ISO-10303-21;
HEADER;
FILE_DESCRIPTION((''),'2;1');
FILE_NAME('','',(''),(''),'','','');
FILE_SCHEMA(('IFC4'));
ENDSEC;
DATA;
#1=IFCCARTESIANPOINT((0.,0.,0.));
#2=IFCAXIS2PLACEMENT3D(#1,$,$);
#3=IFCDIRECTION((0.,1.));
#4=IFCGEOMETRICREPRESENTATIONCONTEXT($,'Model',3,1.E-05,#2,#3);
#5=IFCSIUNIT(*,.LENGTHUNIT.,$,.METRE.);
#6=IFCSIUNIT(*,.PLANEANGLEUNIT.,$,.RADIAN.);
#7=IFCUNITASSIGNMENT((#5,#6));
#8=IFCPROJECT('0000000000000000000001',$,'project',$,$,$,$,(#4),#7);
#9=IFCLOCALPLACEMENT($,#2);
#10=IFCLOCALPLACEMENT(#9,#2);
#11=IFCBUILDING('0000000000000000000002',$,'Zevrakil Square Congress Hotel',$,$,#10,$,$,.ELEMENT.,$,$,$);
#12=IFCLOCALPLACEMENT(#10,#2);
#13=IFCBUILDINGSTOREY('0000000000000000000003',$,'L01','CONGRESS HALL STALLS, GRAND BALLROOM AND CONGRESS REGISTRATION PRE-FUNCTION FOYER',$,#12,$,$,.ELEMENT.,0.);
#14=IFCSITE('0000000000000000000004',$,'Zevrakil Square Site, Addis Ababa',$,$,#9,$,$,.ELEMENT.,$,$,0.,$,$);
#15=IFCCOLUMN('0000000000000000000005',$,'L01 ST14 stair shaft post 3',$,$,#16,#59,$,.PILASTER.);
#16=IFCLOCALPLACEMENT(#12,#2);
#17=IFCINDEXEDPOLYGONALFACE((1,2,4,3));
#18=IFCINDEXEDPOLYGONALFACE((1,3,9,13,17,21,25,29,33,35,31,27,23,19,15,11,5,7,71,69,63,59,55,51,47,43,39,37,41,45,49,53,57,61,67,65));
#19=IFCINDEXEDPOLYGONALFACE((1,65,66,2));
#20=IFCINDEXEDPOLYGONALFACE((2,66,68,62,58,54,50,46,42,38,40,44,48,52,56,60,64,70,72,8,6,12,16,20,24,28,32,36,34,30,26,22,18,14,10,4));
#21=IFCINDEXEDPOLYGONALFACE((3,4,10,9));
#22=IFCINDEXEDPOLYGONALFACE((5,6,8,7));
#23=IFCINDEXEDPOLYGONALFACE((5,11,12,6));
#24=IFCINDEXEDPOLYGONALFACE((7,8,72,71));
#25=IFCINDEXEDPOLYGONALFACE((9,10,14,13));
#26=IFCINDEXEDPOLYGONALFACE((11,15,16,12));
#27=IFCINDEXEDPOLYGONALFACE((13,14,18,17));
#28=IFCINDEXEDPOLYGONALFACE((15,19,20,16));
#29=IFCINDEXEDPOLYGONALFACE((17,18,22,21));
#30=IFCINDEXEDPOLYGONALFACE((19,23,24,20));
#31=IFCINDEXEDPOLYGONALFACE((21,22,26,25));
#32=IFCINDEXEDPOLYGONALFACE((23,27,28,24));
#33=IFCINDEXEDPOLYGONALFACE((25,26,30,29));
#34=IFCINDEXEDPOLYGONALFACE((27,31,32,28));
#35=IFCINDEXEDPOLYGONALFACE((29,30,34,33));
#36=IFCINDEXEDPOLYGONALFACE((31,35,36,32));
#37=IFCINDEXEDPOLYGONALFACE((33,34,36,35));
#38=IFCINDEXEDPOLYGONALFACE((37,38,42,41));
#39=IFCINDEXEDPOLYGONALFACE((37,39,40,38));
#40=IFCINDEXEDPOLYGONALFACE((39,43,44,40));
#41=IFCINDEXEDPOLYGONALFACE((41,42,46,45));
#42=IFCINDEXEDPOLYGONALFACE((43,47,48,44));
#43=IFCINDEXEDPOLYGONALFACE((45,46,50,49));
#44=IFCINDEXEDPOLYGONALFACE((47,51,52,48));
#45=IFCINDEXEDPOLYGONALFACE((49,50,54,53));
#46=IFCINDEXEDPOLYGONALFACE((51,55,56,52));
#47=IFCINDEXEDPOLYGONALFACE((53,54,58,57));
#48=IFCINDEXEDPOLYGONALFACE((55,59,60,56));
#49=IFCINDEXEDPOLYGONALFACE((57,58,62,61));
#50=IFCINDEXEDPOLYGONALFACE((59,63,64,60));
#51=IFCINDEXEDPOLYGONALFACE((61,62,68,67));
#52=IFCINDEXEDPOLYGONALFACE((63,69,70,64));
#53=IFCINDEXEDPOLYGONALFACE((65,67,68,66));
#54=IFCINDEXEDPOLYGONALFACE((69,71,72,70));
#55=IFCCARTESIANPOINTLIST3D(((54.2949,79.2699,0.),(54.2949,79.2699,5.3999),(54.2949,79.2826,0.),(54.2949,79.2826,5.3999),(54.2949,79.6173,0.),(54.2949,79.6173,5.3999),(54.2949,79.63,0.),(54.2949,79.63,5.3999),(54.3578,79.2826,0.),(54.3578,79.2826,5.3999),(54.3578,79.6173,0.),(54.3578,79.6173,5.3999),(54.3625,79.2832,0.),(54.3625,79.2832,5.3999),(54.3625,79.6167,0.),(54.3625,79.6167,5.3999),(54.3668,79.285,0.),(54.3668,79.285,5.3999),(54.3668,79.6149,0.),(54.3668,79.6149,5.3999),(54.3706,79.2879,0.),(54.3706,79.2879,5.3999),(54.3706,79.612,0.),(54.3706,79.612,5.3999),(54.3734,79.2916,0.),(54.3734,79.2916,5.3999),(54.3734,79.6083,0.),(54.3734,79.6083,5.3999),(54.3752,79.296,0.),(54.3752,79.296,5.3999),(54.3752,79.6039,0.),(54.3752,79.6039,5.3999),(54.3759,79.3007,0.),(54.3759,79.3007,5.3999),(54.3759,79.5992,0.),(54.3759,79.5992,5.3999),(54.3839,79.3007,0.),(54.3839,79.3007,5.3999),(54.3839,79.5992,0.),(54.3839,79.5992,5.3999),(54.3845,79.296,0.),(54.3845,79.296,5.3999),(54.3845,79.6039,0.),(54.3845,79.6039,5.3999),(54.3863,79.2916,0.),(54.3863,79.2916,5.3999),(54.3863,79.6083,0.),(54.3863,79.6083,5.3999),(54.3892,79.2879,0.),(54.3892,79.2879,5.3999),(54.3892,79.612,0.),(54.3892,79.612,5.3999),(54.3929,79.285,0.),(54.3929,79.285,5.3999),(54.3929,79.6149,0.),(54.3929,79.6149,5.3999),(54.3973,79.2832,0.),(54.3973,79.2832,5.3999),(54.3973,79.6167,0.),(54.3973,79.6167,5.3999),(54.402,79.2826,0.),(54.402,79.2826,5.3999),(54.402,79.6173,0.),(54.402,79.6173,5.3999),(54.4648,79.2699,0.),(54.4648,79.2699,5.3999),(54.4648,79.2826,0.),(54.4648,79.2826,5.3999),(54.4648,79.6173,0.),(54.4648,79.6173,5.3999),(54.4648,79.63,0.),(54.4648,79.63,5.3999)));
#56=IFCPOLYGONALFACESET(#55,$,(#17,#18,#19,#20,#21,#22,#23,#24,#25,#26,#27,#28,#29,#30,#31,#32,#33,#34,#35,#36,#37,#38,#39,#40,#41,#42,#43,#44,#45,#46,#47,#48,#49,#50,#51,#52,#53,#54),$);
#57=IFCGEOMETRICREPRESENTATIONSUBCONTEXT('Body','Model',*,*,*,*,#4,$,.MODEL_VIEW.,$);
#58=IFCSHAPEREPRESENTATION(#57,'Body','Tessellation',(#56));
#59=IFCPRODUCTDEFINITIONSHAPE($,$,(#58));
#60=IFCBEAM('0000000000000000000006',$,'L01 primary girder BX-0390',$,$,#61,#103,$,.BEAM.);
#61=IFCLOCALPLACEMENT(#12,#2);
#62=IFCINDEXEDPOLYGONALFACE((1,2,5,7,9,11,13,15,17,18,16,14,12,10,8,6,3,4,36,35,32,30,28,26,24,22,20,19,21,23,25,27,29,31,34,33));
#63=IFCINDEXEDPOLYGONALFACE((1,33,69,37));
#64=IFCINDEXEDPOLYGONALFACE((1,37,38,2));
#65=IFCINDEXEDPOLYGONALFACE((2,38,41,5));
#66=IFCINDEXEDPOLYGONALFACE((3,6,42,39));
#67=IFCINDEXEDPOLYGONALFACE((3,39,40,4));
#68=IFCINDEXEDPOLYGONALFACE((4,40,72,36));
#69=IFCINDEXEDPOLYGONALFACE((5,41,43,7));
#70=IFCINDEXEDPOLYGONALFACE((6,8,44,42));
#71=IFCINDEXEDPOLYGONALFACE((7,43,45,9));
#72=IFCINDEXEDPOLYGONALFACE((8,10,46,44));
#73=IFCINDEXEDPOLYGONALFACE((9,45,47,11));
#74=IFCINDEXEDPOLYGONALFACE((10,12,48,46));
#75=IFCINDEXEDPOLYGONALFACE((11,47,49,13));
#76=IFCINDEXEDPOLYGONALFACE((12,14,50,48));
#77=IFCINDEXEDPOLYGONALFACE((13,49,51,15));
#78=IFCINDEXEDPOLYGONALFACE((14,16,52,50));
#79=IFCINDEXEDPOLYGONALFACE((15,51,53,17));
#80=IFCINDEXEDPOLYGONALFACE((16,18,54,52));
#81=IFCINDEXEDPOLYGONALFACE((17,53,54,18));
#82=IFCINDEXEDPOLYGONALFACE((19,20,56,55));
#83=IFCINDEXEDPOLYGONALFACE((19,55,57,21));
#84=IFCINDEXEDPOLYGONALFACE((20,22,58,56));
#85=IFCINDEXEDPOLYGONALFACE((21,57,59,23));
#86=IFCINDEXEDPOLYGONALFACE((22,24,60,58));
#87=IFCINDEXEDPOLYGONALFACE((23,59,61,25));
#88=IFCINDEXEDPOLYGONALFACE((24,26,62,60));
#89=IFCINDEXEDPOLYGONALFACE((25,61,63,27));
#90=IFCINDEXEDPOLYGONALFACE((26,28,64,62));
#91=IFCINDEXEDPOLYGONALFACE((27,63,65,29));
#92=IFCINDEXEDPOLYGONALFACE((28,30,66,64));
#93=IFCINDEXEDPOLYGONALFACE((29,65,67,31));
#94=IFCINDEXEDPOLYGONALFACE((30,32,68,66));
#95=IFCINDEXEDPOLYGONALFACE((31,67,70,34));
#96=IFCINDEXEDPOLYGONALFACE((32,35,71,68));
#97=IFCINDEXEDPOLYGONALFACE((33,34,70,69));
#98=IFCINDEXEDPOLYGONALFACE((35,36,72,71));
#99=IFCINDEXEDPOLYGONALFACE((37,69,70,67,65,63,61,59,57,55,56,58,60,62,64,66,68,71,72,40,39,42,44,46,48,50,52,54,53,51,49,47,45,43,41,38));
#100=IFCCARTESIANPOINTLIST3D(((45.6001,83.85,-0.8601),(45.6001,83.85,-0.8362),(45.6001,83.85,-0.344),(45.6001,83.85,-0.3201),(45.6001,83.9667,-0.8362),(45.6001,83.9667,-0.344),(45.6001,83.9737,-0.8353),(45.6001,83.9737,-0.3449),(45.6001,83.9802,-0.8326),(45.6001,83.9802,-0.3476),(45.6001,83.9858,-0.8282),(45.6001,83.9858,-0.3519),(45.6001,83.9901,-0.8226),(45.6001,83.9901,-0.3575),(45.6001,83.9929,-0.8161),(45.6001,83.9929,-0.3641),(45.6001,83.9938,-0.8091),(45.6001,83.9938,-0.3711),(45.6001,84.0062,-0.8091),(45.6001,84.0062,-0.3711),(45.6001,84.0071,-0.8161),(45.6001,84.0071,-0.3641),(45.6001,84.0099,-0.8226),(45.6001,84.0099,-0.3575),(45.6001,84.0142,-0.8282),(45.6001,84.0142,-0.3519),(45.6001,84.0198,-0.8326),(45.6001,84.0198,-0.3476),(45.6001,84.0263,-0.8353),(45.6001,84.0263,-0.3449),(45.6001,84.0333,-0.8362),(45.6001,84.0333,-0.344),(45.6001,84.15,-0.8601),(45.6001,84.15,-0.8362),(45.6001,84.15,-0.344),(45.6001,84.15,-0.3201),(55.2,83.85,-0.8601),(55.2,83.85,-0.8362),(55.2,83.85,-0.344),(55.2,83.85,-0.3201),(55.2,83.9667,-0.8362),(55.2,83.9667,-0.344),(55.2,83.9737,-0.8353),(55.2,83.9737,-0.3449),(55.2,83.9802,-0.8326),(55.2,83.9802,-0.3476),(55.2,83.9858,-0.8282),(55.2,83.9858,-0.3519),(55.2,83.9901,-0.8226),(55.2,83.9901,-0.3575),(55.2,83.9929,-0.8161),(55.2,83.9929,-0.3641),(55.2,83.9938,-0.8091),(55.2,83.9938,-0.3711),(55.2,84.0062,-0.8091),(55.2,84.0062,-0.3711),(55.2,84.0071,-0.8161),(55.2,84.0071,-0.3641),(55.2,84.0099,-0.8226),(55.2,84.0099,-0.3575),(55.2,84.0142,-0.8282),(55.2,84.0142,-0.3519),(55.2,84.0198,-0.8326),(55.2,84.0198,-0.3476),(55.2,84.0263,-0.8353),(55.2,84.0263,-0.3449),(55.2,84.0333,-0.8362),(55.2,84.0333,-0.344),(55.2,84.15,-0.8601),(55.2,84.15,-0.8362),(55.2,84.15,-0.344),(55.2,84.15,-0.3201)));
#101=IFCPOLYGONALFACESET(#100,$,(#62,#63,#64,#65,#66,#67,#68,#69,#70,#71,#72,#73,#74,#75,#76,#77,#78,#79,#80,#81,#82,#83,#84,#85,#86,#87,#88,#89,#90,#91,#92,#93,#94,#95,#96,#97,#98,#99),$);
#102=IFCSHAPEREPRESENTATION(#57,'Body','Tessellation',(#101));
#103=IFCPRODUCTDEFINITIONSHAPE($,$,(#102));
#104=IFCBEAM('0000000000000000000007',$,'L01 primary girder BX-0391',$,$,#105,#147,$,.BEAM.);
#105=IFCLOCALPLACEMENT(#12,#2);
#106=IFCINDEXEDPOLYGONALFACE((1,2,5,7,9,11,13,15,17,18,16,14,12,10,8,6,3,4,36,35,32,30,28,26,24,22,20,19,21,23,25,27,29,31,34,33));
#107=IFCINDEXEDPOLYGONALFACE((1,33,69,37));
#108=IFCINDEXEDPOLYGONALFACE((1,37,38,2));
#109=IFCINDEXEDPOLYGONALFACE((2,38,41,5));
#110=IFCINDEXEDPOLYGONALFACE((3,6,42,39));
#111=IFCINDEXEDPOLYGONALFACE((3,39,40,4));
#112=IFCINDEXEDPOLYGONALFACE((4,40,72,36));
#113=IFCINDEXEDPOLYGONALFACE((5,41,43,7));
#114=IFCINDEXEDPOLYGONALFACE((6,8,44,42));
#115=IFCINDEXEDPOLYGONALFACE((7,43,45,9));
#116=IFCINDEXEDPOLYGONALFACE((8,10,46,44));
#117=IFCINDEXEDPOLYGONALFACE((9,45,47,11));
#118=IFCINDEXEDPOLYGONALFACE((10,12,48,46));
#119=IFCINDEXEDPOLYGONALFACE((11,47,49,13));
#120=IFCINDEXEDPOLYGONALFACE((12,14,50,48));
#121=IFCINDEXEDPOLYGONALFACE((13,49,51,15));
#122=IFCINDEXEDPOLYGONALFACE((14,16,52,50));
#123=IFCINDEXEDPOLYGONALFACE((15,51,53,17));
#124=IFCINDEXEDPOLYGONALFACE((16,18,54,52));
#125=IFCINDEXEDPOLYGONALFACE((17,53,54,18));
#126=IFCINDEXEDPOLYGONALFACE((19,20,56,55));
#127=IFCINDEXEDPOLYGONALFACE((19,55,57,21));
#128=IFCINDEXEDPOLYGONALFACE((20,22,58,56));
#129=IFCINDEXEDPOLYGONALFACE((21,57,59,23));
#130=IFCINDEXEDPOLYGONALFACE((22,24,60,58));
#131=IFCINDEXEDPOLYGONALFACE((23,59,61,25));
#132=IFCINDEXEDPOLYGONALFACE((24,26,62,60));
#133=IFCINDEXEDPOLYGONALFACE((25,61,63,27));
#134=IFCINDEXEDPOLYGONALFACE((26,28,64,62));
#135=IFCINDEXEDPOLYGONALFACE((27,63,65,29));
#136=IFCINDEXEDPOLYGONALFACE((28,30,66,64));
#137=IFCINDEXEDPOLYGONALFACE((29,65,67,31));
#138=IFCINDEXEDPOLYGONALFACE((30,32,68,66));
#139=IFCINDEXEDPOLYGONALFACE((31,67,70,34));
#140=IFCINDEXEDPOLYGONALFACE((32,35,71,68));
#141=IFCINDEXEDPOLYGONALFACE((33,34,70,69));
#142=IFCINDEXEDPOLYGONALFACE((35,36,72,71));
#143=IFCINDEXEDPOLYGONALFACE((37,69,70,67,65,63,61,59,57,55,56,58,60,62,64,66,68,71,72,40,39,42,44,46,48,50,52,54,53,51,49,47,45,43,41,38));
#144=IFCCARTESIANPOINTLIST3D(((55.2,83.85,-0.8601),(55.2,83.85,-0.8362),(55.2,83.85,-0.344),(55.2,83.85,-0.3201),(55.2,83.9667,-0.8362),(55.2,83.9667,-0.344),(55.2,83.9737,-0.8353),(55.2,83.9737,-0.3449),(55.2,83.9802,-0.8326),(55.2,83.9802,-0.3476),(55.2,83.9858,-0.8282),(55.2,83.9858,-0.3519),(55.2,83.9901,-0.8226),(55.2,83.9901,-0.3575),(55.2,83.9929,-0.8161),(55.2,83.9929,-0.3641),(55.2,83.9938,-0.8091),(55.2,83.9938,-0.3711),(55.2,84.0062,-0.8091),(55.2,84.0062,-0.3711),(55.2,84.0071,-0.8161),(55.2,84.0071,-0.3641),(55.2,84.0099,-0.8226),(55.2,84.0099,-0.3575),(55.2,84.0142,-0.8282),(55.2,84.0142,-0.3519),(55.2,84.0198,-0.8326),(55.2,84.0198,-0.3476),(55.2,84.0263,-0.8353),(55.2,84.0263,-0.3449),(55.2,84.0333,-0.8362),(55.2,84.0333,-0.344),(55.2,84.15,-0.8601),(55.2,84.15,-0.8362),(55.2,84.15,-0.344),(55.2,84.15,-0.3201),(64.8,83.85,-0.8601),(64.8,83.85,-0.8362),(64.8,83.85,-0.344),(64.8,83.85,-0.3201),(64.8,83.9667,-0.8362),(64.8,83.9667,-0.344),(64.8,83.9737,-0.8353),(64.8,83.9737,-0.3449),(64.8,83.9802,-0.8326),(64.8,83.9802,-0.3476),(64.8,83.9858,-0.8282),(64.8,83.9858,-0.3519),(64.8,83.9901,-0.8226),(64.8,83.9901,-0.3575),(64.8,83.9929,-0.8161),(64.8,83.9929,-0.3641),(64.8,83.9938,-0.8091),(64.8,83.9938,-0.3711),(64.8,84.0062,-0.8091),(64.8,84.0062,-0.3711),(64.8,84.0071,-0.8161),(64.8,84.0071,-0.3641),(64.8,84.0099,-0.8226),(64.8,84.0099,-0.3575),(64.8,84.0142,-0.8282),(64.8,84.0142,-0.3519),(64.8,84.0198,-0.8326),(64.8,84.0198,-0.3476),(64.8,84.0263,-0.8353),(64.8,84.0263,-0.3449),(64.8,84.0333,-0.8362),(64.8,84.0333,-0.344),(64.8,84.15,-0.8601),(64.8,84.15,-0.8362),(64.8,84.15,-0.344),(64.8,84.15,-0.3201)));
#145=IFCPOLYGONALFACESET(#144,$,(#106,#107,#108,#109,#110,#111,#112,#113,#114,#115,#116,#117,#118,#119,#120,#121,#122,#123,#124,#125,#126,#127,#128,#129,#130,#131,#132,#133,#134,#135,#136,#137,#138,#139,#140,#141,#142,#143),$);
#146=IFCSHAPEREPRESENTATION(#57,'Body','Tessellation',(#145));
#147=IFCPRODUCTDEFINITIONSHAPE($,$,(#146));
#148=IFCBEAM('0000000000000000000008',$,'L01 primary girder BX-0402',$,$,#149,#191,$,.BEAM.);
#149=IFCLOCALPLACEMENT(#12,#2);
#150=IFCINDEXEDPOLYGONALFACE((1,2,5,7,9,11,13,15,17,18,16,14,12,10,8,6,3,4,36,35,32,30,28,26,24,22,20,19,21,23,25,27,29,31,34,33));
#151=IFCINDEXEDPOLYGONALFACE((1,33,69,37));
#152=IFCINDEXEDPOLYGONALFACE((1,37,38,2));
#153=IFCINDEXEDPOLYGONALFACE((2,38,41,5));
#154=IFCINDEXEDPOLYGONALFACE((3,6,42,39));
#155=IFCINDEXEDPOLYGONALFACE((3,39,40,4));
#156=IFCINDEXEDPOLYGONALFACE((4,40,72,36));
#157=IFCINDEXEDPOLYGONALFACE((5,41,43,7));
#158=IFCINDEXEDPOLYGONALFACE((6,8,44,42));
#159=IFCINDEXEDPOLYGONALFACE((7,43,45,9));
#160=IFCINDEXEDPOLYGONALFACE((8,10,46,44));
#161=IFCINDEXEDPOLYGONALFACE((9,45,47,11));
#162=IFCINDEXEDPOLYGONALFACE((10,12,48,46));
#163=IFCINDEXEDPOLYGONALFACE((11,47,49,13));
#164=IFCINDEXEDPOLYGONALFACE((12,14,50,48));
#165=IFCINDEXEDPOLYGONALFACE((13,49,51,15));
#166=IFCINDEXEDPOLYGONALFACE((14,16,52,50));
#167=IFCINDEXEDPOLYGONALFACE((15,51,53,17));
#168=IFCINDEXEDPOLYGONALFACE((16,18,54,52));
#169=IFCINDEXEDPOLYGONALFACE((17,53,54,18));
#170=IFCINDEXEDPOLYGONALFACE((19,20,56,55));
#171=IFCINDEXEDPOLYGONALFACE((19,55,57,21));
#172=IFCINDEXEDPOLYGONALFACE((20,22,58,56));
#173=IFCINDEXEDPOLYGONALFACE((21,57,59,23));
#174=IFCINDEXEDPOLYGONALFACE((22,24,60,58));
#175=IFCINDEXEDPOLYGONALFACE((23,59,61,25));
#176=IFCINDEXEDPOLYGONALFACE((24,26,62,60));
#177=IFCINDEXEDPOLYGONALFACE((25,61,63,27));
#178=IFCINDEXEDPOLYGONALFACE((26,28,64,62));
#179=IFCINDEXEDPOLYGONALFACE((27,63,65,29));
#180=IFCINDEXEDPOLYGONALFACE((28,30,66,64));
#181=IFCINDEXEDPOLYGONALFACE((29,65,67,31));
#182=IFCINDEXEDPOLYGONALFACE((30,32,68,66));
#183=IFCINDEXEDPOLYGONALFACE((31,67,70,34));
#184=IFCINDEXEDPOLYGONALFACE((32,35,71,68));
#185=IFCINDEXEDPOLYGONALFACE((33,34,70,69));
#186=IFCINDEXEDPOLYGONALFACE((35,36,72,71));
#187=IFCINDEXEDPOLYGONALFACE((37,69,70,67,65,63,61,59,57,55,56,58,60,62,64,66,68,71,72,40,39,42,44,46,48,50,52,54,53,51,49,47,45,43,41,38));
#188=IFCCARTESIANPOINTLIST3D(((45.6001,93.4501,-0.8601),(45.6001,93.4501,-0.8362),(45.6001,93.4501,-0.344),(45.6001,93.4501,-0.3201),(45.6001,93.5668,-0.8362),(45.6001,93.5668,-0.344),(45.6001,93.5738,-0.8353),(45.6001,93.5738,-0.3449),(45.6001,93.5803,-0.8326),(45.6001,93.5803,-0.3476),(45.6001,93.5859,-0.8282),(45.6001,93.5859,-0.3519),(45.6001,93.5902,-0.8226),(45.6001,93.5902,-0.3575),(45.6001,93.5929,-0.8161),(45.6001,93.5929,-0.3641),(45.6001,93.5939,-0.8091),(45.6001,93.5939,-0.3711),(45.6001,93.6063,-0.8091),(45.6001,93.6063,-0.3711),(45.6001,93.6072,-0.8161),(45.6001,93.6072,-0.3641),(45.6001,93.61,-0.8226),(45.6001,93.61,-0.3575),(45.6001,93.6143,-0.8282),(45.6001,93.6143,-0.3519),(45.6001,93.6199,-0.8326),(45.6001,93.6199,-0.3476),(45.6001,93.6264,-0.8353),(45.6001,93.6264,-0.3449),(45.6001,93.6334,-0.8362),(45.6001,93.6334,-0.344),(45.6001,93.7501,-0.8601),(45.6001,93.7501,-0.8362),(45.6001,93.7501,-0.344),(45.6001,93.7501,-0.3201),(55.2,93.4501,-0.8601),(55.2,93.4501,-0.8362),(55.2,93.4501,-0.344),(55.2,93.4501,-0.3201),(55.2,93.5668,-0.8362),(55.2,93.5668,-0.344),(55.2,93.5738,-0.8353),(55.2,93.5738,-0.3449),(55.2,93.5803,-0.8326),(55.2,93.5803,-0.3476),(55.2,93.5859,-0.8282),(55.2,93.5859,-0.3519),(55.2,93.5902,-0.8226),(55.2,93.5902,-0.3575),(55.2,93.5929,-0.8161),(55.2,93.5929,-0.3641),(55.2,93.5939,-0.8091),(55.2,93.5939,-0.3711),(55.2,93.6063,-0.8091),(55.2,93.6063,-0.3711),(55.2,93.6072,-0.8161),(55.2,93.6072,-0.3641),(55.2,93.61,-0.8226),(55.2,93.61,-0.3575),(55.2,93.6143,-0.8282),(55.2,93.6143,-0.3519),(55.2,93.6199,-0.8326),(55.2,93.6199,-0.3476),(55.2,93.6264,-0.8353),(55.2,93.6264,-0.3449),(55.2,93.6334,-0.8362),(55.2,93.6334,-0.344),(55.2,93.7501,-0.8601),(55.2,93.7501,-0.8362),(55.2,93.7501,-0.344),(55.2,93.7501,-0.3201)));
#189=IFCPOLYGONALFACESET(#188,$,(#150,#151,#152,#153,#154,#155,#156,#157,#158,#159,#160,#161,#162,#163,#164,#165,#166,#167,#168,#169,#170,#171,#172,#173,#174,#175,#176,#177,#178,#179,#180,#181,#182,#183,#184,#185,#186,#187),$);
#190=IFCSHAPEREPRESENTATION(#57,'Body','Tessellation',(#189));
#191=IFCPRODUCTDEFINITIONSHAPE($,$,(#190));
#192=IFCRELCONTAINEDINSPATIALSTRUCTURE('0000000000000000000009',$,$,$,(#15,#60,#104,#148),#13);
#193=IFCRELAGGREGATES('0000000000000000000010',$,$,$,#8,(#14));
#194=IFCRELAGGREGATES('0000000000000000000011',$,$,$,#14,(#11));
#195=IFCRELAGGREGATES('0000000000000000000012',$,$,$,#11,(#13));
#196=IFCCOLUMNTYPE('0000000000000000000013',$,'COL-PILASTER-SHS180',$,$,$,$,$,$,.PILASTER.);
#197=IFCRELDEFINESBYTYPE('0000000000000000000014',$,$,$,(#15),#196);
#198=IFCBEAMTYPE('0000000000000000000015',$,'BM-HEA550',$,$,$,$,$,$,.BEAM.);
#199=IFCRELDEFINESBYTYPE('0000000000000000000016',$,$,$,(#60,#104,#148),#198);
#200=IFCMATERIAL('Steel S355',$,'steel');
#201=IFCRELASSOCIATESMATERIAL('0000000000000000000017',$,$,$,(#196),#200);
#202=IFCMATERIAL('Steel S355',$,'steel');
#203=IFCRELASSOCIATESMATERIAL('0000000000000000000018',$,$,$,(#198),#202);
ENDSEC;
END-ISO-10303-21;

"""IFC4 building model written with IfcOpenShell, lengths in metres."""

from ifc_helpers import new_model, si_unit, direction, frame, origin, origin_2d, place, context, subcontext, project, spatial, i_section, extrude, material, material_profile, profile_set, type_object, element, save


model = new_model("IFC4")

# Units and contexts
model_context = context("Model", 3, precision=1e-05, world=origin(), true_north=direction((0.0, 1.0)))
body_context = subcontext(model_context, "Body", "Model", "MODEL_VIEW")
ifc_project = project(units=[si_unit("LENGTHUNIT", "METRE"), si_unit("PLANEANGLEUNIT", "RADIAN")], contexts=[model_context])

# Site, building, storey
site_placement = place(None, origin())
site = spatial("IfcSite", under=ifc_project, at=site_placement, Name="Zevrakil Square Site, Addis Ababa", CompositionType="ELEMENT", RefElevation=0.0)
building_placement = place(site_placement, origin())
building = spatial("IfcBuilding", under=site, at=building_placement, Name="Zevrakil Square Congress Hotel", CompositionType="ELEMENT")
storey_placement = place(building_placement, origin())
storey = spatial("IfcBuildingStorey", under=building, at=storey_placement, Name="L01", Description="CONGRESS HALL STALLS, GRAND BALLROOM AND CONGRESS REGISTRATION PRE-FUNCTION FOYER", CompositionType="ELEMENT", Elevation=0.0)

# Column
ifc_material_1 = material(Name="Steel S355", Category="steel")
ifc_material_profile_1 = material_profile(ifc_material_1, i_section(OverallWidth=0.1699, OverallDepth=0.3601, WebThickness=0.0081, FlangeThickness=0.0127, FilletRadius=0.0181, at=origin_2d()), Name="IPE 360")
ifc_profile_set_1 = profile_set([ifc_material_profile_1], Name="Steel S355")
column_type_1 = type_object("IfcColumnType", Name="COL-PILASTER-SHS180", PredefinedType="PILASTER", material=ifc_profile_set_1)
column_placement = place(storey_placement, frame((54.3799, 79.45, 0.0), z_axis=(0.0, 0.0, 1.0), x_axis=(1.0, 0.0, 0.0)))
element("IfcColumn", 1, at=column_placement, inside=storey, type_object=column_type_1, Name="L01 ST14 stair shaft post 3", PredefinedType="PILASTER", context=body_context, shape_type="SweptSolid", body=[
    extrude(i_section(OverallWidth=0.1699, OverallDepth=0.3601, WebThickness=0.0081, FlangeThickness=0.0127, FilletRadius=0.0181, at=origin_2d()), origin(), (0.0, 0.0, 1.0), 5.3999),
])

# Beams
ifc_material_2 = material(Name="Steel S355", Category="steel")
ifc_material_profile_2 = material_profile(ifc_material_2, i_section(OverallWidth=0.3, OverallDepth=0.54, WebThickness=0.0125, FlangeThickness=0.0239, FilletRadius=0.0271, at=origin_2d()), Name="HEA 550")
ifc_profile_set_2 = profile_set([ifc_material_profile_2], Name="Steel S355")
beam_type_1 = type_object("IfcBeamType", Name="BM-HEA550", PredefinedType="BEAM", material=ifc_profile_set_2)
beam_1_placement = place(storey_placement, frame((45.6001, 84.0, -0.5901), z_axis=(1.0, 0.0, 0.0), x_axis=(0.0, 1.0, 0.0)))
element("IfcBeam", 2, at=beam_1_placement, inside=storey, type_object=beam_type_1, Name="L01 primary girder BX-0390", PredefinedType="BEAM", context=body_context, shape_type="SweptSolid", body=[
    extrude(i_section(OverallWidth=0.3, OverallDepth=0.54, WebThickness=0.0125, FlangeThickness=0.0239, FilletRadius=0.0271, at=origin_2d()), origin(), (0.0, 0.0, 1.0), 9.5999),
])
beam_2_placement = place(storey_placement, frame((55.2, 84.0, -0.5901), z_axis=(1.0, 0.0, 0.0), x_axis=(0.0, 1.0, 0.0)))
element("IfcBeam", 3, at=beam_2_placement, inside=storey, type_object=beam_type_1, Name="L01 primary girder BX-0391", PredefinedType="BEAM", context=body_context, shape_type="SweptSolid", body=[
    extrude(i_section(OverallWidth=0.3, OverallDepth=0.54, WebThickness=0.0125, FlangeThickness=0.0239, FilletRadius=0.0271, at=origin_2d()), origin(), (0.0, 0.0, 1.0), 9.6001),
])
beam_3_placement = place(storey_placement, frame((45.6001, 93.6001, -0.5901), z_axis=(1.0, 0.0, 0.0), x_axis=(0.0, 1.0, 0.0)))
element("IfcBeam", 4, at=beam_3_placement, inside=storey, type_object=beam_type_1, Name="L01 primary girder BX-0402", PredefinedType="BEAM", context=body_context, shape_type="SweptSolid", body=[
    extrude(i_section(OverallWidth=0.3, OverallDepth=0.54, WebThickness=0.0125, FlangeThickness=0.0239, FilletRadius=0.0271, at=origin_2d()), origin(), (0.0, 0.0, 1.0), 9.5999),
])

save(model, "model.ifc")
